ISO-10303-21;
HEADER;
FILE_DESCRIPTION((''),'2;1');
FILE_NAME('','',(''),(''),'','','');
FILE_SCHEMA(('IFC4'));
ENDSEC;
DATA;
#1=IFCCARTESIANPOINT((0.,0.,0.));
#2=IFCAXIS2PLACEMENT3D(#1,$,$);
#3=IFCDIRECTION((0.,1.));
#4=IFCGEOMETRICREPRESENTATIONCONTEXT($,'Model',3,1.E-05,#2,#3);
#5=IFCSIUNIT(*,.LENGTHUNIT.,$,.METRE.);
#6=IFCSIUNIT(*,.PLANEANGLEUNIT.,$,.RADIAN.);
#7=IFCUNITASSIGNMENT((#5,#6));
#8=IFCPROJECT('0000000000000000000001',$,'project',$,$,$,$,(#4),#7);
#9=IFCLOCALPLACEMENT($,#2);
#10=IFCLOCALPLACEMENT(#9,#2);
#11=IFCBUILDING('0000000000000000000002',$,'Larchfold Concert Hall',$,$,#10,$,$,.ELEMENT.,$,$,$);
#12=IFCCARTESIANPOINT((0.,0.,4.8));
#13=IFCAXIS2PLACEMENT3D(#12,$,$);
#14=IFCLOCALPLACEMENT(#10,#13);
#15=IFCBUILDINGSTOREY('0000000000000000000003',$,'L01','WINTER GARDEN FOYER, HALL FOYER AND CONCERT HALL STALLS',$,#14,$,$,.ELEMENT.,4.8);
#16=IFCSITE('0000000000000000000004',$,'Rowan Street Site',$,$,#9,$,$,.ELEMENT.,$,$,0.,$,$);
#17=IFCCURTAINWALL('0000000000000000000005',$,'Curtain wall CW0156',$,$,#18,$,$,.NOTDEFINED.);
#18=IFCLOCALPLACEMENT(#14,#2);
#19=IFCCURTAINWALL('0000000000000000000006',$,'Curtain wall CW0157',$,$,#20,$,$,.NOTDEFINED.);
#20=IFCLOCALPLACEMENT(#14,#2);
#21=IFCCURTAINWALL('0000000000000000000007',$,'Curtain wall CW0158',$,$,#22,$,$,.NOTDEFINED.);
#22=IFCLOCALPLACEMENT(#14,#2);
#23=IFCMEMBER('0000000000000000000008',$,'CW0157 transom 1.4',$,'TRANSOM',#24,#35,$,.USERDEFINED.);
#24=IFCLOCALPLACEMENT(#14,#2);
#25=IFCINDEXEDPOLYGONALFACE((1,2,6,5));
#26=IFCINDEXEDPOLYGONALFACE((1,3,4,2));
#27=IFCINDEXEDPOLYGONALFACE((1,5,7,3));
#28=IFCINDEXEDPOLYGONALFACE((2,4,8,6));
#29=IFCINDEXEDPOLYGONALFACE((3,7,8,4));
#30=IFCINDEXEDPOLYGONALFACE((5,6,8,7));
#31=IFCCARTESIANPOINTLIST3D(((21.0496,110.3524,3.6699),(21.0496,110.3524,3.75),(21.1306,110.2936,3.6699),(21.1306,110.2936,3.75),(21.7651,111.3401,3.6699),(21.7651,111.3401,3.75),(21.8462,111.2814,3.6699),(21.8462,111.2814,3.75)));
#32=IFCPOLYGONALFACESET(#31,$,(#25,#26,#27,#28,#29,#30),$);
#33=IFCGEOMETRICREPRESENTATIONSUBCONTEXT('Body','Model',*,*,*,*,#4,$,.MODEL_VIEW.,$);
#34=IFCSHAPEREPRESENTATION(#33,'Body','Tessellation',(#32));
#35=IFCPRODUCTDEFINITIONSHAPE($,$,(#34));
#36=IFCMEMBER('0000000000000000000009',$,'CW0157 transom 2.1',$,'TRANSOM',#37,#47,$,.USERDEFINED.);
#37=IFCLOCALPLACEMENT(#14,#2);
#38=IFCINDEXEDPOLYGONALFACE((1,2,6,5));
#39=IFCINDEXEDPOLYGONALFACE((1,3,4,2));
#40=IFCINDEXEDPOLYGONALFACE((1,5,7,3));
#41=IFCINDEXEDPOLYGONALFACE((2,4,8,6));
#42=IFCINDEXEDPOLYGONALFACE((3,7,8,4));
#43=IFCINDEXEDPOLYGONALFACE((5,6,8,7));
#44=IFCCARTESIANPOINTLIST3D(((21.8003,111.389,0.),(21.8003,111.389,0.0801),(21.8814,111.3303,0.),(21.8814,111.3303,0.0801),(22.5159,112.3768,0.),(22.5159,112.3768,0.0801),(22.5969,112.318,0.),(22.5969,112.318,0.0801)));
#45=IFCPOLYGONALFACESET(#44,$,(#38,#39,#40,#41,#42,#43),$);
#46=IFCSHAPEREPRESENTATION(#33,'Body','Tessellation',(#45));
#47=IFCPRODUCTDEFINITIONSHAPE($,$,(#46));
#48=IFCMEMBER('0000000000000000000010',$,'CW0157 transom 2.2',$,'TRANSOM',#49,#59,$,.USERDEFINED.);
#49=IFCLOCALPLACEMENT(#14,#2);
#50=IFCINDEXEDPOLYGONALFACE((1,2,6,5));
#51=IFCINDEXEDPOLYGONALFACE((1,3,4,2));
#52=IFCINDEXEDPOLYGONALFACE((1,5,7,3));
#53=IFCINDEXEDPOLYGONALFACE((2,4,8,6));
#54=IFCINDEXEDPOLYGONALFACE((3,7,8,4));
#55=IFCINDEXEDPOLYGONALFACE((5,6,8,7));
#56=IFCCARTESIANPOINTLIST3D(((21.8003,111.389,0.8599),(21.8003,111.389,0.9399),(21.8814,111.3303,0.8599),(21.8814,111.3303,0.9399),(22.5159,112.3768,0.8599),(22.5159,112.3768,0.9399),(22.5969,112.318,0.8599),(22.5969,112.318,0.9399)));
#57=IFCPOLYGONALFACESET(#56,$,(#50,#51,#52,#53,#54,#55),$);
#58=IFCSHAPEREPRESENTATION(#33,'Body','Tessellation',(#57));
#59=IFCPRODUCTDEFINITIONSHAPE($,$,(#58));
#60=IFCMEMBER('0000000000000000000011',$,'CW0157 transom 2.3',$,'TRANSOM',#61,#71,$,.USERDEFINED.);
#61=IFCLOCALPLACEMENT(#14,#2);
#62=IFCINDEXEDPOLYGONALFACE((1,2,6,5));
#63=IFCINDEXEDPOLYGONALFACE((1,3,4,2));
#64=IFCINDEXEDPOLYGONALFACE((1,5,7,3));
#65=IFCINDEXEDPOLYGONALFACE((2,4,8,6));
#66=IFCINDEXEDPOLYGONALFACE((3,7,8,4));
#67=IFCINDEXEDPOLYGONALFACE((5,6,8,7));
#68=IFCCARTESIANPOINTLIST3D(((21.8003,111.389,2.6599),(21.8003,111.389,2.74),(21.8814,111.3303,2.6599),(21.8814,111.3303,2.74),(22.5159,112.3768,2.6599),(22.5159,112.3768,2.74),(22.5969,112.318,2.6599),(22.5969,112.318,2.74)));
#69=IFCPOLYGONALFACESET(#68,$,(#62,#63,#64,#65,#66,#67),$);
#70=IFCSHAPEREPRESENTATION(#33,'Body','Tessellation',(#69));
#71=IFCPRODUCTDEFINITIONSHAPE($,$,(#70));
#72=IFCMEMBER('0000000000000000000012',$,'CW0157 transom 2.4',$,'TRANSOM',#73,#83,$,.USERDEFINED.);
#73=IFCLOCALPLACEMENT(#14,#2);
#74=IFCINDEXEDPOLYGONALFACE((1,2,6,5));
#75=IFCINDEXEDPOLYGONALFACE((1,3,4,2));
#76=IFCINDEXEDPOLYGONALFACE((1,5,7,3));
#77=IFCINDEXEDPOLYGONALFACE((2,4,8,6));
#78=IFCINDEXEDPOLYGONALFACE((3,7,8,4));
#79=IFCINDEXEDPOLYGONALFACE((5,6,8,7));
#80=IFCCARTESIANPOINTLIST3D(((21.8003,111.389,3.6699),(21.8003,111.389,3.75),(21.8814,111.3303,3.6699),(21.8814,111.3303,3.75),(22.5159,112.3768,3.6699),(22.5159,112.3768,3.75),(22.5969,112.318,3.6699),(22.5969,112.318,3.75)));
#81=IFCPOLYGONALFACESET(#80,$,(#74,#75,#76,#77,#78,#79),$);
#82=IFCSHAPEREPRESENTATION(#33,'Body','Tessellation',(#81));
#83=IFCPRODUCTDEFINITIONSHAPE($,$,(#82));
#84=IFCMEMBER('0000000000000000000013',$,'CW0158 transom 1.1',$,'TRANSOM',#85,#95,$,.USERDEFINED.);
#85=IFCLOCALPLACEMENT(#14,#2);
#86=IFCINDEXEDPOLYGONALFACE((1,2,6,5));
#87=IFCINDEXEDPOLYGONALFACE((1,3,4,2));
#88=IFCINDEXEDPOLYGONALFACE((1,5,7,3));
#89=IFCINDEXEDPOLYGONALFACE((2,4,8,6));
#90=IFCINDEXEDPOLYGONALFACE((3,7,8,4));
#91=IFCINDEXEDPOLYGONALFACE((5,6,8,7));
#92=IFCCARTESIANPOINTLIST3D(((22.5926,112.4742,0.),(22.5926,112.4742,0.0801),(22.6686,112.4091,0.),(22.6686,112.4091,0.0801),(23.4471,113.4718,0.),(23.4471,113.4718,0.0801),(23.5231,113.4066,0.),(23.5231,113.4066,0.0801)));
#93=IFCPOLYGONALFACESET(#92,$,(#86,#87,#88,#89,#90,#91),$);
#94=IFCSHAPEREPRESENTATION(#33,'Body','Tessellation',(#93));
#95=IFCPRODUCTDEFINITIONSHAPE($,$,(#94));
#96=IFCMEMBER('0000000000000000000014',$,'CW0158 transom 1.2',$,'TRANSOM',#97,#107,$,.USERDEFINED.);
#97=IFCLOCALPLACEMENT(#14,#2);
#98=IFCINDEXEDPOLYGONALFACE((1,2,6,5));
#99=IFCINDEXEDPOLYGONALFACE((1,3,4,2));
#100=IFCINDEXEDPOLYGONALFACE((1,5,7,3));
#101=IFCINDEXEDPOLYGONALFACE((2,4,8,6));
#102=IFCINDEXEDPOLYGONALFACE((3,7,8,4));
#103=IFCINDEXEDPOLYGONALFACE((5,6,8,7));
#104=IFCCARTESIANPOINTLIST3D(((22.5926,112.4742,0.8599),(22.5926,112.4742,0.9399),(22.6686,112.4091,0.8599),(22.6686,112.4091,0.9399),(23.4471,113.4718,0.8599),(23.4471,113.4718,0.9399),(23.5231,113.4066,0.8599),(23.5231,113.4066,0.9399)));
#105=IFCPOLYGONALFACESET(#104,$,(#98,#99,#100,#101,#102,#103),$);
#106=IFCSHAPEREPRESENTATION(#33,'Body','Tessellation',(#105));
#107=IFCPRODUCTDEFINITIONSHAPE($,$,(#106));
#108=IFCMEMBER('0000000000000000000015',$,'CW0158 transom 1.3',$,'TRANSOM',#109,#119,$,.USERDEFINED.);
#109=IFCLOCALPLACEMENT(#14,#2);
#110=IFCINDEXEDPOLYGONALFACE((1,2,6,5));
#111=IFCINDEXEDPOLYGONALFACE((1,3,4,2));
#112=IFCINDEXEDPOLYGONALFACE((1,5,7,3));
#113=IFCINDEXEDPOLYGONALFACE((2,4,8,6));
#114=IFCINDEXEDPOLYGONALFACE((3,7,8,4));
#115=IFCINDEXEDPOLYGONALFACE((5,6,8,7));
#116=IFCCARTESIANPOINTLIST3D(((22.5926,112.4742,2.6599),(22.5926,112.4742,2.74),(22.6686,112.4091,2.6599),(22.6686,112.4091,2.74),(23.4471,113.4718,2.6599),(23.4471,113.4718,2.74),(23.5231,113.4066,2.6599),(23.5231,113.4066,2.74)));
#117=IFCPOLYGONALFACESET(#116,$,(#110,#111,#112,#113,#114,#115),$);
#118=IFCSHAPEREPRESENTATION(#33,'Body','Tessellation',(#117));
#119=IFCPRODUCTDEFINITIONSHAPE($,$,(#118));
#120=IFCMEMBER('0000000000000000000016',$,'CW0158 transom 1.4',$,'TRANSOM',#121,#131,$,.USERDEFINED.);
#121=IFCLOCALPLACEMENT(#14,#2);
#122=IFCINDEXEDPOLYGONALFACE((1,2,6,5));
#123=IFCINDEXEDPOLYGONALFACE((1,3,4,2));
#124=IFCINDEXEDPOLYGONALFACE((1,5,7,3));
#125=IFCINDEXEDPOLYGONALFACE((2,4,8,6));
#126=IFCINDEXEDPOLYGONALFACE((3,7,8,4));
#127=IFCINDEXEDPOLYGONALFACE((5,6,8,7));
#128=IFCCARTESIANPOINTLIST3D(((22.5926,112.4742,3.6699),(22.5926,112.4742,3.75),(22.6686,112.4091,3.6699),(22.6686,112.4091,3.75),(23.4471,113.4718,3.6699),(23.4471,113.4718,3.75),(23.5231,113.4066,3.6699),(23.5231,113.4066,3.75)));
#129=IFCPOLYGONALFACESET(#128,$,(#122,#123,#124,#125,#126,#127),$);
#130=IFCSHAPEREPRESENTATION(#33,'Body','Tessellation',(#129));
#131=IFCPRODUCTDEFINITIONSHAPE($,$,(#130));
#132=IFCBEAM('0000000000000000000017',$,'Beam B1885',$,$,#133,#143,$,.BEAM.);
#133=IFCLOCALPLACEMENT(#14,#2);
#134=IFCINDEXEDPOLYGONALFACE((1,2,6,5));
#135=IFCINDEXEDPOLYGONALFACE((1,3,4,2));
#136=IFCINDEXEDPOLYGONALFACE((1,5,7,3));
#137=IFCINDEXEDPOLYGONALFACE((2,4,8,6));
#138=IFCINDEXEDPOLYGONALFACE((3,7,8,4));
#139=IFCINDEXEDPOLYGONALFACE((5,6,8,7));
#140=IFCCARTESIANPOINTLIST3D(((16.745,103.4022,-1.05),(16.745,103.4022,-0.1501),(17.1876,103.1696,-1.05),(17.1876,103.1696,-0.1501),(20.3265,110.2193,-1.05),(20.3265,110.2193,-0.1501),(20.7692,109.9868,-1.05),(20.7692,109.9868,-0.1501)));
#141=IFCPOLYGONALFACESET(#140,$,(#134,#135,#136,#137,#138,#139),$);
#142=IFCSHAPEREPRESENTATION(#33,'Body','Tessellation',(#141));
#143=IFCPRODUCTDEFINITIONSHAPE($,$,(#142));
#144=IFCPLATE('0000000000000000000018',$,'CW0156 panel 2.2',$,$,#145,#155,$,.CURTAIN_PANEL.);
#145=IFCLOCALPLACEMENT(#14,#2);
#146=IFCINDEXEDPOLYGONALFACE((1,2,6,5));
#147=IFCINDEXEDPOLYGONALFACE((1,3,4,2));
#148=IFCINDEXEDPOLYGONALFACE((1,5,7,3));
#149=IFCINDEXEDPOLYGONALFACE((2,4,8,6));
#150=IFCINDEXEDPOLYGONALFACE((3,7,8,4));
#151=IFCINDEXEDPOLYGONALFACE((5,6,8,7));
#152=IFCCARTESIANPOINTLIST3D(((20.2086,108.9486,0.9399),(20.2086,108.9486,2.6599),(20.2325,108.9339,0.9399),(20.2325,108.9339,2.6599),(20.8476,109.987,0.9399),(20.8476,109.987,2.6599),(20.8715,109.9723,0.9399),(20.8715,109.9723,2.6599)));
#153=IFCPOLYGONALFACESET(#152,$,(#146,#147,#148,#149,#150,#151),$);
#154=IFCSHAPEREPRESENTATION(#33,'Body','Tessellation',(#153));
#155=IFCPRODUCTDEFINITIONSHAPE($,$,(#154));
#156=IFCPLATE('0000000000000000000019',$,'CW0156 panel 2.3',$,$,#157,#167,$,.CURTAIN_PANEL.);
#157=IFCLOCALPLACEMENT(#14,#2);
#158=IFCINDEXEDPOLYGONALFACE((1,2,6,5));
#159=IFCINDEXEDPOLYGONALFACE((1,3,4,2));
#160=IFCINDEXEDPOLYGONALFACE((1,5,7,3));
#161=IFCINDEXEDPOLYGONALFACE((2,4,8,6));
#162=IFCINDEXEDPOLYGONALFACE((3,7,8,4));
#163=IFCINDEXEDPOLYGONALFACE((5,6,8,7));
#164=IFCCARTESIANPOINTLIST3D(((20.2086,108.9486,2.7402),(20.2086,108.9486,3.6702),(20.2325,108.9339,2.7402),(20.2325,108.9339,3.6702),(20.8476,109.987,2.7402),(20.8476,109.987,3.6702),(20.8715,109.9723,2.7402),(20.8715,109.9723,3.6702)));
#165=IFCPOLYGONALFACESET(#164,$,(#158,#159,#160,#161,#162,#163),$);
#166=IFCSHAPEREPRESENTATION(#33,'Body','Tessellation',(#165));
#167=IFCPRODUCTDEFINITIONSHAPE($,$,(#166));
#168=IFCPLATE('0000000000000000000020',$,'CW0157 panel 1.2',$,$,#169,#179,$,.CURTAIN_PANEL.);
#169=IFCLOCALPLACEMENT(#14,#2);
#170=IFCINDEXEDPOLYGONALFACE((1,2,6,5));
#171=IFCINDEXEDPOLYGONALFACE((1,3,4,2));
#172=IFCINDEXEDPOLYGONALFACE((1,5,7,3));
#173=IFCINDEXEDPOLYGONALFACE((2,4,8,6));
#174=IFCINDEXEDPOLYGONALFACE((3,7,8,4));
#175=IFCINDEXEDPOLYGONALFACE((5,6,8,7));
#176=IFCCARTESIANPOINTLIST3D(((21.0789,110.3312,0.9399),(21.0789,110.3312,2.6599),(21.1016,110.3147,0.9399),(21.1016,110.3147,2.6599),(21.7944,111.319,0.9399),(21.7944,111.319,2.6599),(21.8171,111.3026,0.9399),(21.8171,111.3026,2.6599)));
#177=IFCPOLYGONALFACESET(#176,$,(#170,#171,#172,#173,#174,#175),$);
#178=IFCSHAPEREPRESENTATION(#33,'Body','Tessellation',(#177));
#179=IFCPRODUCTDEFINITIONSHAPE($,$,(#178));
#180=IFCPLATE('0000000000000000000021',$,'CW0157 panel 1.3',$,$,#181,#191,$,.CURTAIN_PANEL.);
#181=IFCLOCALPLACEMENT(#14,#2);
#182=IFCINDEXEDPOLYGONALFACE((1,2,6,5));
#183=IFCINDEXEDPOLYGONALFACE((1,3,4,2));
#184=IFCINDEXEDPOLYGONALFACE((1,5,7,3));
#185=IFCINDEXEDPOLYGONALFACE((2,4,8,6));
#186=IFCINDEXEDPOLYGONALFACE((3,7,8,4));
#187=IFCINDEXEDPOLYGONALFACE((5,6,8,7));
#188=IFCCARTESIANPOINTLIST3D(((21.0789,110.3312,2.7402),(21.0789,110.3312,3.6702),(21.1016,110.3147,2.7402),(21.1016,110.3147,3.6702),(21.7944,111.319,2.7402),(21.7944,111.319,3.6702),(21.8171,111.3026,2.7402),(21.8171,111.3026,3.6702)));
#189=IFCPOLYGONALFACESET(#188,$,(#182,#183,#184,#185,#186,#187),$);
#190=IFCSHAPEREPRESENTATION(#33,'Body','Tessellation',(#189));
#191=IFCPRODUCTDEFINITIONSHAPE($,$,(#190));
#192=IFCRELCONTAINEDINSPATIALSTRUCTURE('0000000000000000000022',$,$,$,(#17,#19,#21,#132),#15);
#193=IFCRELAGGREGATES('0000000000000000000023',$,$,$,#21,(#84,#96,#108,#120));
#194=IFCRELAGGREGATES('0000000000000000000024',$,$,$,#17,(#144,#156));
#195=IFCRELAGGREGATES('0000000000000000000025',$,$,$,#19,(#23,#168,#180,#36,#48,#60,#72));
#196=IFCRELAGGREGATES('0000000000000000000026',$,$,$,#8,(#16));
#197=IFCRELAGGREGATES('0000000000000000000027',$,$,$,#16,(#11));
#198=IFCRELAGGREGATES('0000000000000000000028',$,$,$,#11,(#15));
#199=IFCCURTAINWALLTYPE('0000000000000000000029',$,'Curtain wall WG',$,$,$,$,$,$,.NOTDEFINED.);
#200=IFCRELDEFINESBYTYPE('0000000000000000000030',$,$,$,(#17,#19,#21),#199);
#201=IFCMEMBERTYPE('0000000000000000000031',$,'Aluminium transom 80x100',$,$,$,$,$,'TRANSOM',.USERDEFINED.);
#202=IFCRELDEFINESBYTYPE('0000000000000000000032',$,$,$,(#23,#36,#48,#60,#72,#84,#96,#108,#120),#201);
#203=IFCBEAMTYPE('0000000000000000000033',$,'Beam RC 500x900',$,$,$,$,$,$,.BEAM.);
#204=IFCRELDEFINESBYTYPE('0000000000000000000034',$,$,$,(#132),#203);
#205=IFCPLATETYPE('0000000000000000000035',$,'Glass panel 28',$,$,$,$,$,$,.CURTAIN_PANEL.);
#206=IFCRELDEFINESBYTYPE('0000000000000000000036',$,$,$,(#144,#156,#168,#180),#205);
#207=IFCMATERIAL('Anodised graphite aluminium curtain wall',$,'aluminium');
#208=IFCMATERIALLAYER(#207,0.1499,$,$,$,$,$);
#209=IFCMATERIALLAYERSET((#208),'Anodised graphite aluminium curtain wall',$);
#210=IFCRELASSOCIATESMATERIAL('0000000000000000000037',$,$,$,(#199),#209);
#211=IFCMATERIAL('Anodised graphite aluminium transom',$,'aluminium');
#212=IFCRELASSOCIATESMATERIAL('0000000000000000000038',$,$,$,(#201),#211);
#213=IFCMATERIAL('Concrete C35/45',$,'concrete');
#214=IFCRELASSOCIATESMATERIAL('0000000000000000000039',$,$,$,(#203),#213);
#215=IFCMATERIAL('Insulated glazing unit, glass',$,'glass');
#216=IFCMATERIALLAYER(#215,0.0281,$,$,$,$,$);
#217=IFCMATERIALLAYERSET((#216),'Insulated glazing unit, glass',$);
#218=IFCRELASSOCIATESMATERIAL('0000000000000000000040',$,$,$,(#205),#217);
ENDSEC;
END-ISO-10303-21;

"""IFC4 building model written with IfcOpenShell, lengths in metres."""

from ifc_helpers import new_model, si_unit, direction, frame, origin, origin_2d, place, context, subcontext, project, spatial, rectangle, extrude, material, layer, layer_set, material_profile, profile_set, type_object, element, aggregate, save


model = new_model("IFC4")

# Units and contexts
model_context = context("Model", 3, precision=1e-05, world=origin(), true_north=direction((0.0, 1.0)))
body_context = subcontext(model_context, "Body", "Model", "MODEL_VIEW")
ifc_project = project(units=[si_unit("LENGTHUNIT", "METRE"), si_unit("PLANEANGLEUNIT", "RADIAN")], contexts=[model_context])

# Site, building, storey
site_placement = place(None, origin())
site = spatial("IfcSite", under=ifc_project, at=site_placement, Name="Rowan Street Site", CompositionType="ELEMENT", RefElevation=0.0)
building_placement = place(site_placement, origin())
building = spatial("IfcBuilding", under=site, at=building_placement, Name="Larchfold Concert Hall", CompositionType="ELEMENT")
storey_placement = place(building_placement, frame((0.0, 0.0, 4.8)))
storey = spatial("IfcBuildingStorey", under=building, at=storey_placement, Name="L01", Description="WINTER GARDEN FOYER, HALL FOYER AND CONCERT HALL STALLS", CompositionType="ELEMENT", Elevation=4.8)

# Curtain wall
ifc_material_1 = material(Name="Anodised graphite aluminium curtain wall", Category="aluminium")
ifc_layer_1 = layer(ifc_material_1, 0.1499)
ifc_layer_set_1 = layer_set([ifc_layer_1], Name="Anodised graphite aluminium curtain wall")
curtain_wall_type = type_object("IfcCurtainWallType", Name="Curtain wall WG", PredefinedType="NOTDEFINED", material=ifc_layer_set_1)
curtain_wall_1_placement = place(storey_placement, origin())
curtain_wall_1 = element("IfcCurtainWall", 1, at=curtain_wall_1_placement, inside=storey, type_object=curtain_wall_type, Name="Curtain wall CW0156", PredefinedType="NOTDEFINED")

# Curtain wall
curtain_wall_2_placement = place(storey_placement, origin())
curtain_wall_2 = element("IfcCurtainWall", 2, at=curtain_wall_2_placement, inside=storey, type_object=curtain_wall_type, Name="Curtain wall CW0157", PredefinedType="NOTDEFINED")

# Curtain wall
curtain_wall_3_placement = place(storey_placement, origin())
curtain_wall_3 = element("IfcCurtainWall", 3, at=curtain_wall_3_placement, inside=storey, type_object=curtain_wall_type, Name="Curtain wall CW0158", PredefinedType="NOTDEFINED")

# Members
ifc_material_2 = material(Name="Anodised graphite aluminium transom", Category="aluminium")
ifc_material_profile_1 = material_profile(ifc_material_2, rectangle(XDim=0.1001, YDim=0.0801, at=origin_2d()))
ifc_profile_set_1 = profile_set([ifc_material_profile_1], Name="Anodised graphite aluminium transom")
member_type_1 = type_object("IfcMemberType", Name="Aluminium transom 80x100", ElementType="TRANSOM", PredefinedType="USERDEFINED", material=ifc_profile_set_1)
member_1_placement = place(storey_placement, frame((21.0901, 110.323, 3.71), z_axis=(0.586659, 0.809834, 0.0), x_axis=(-0.809834, 0.586659, 0.0)))
member_1 = element("IfcMember", 4, at=member_1_placement, type_object=member_type_1, Name="CW0157 transom 1.4", ObjectType="TRANSOM", PredefinedType="USERDEFINED", context=body_context, shape_type="SweptSolid", body=[
    extrude(rectangle(XDim=0.1001, YDim=0.0801, at=origin_2d()), origin(), (0.0, 0.0, 1.0), 1.2197),
])
member_2_placement = place(storey_placement, frame((21.8408, 111.3596, 0.04), z_axis=(0.586659, 0.809834, 0.0), x_axis=(-0.809834, 0.586659, 0.0)))
member_2 = element("IfcMember", 5, at=member_2_placement, type_object=member_type_1, Name="CW0157 transom 2.1", ObjectType="TRANSOM", PredefinedType="USERDEFINED", context=body_context, shape_type="SweptSolid", body=[
    extrude(rectangle(XDim=0.1001, YDim=0.0801, at=origin_2d()), origin(), (0.0, 0.0, 1.0), 1.2197),
])
member_3_placement = place(storey_placement, frame((21.8408, 111.3596, 0.8999), z_axis=(0.586659, 0.809834, 0.0), x_axis=(-0.809834, 0.586659, 0.0)))
member_3 = element("IfcMember", 6, at=member_3_placement, type_object=member_type_1, Name="CW0157 transom 2.2", ObjectType="TRANSOM", PredefinedType="USERDEFINED", context=body_context, shape_type="SweptSolid", body=[
    extrude(rectangle(XDim=0.1001, YDim=0.0801, at=origin_2d()), origin(), (0.0, 0.0, 1.0), 1.2197),
])
member_4_placement = place(storey_placement, frame((21.8408, 111.3596, 2.7), z_axis=(0.586659, 0.809834, 0.0), x_axis=(-0.809834, 0.586659, 0.0)))
member_4 = element("IfcMember", 7, at=member_4_placement, type_object=member_type_1, Name="CW0157 transom 2.3", ObjectType="TRANSOM", PredefinedType="USERDEFINED", context=body_context, shape_type="SweptSolid", body=[
    extrude(rectangle(XDim=0.1001, YDim=0.0801, at=origin_2d()), origin(), (0.0, 0.0, 1.0), 1.2197),
])
member_5_placement = place(storey_placement, frame((21.8408, 111.3596, 3.71), z_axis=(0.586659, 0.809834, 0.0), x_axis=(-0.809834, 0.586659, 0.0)))
member_5 = element("IfcMember", 8, at=member_5_placement, type_object=member_type_1, Name="CW0157 transom 2.4", ObjectType="TRANSOM", PredefinedType="USERDEFINED", context=body_context, shape_type="SweptSolid", body=[
    extrude(rectangle(XDim=0.1001, YDim=0.0801, at=origin_2d()), origin(), (0.0, 0.0, 1.0), 1.2197),
])
member_6_placement = place(storey_placement, frame((22.6306, 112.4417, 0.04), z_axis=(0.650546, 0.759466, 0.0), x_axis=(-0.759466, 0.650546, 0.0)))
member_6 = element("IfcMember", 9, at=member_6_placement, type_object=member_type_1, Name="CW0158 transom 1.1", ObjectType="TRANSOM", PredefinedType="USERDEFINED", context=body_context, shape_type="SweptSolid", body=[
    extrude(rectangle(XDim=0.1001, YDim=0.0801, at=origin_2d()), origin(), (0.0, 0.0, 1.0), 1.3135),
])
member_7_placement = place(storey_placement, frame((22.6306, 112.4417, 0.8999), z_axis=(0.650546, 0.759466, 0.0), x_axis=(-0.759466, 0.650546, 0.0)))
member_7 = element("IfcMember", 10, at=member_7_placement, type_object=member_type_1, Name="CW0158 transom 1.2", ObjectType="TRANSOM", PredefinedType="USERDEFINED", context=body_context, shape_type="SweptSolid", body=[
    extrude(rectangle(XDim=0.1001, YDim=0.0801, at=origin_2d()), origin(), (0.0, 0.0, 1.0), 1.3135),
])
member_8_placement = place(storey_placement, frame((22.6306, 112.4417, 2.7), z_axis=(0.650546, 0.759466, 0.0), x_axis=(-0.759466, 0.650546, 0.0)))
member_8 = element("IfcMember", 11, at=member_8_placement, type_object=member_type_1, Name="CW0158 transom 1.3", ObjectType="TRANSOM", PredefinedType="USERDEFINED", context=body_context, shape_type="SweptSolid", body=[
    extrude(rectangle(XDim=0.1001, YDim=0.0801, at=origin_2d()), origin(), (0.0, 0.0, 1.0), 1.3135),
])
member_9_placement = place(storey_placement, frame((22.6306, 112.4417, 3.71), z_axis=(0.650546, 0.759466, 0.0), x_axis=(-0.759466, 0.650546, 0.0)))
member_9 = element("IfcMember", 12, at=member_9_placement, type_object=member_type_1, Name="CW0158 transom 1.4", ObjectType="TRANSOM", PredefinedType="USERDEFINED", context=body_context, shape_type="SweptSolid", body=[
    extrude(rectangle(XDim=0.1001, YDim=0.0801, at=origin_2d()), origin(), (0.0, 0.0, 1.0), 1.3135),
])
aggregate(curtain_wall_3, [member_6, member_7, member_8, member_9])

# Beam
ifc_material_3 = material(Name="Concrete C35/45", Category="concrete")
ifc_material_profile_2 = material_profile(ifc_material_3, rectangle(XDim=0.5, YDim=0.8999, at=origin_2d()))
ifc_profile_set_2 = profile_set([ifc_material_profile_2], Name="Concrete C35/45")
beam_type = type_object("IfcBeamType", Name="Beam RC 500x900", PredefinedType="BEAM", material=ifc_profile_set_2)
beam_placement = place(storey_placement, frame((20.5479, 110.103, -0.6001), z_axis=(-0.465093, -0.885262, 0.0), x_axis=(0.885262, -0.465093, 0.0)))
element("IfcBeam", 13, at=beam_placement, inside=storey, type_object=beam_type, Name="Beam B1885", PredefinedType="BEAM", context=body_context, shape_type="SweptSolid", body=[
    extrude(rectangle(XDim=0.5, YDim=0.8999, at=origin_2d()), origin(), (0.0, 0.0, 1.0), 7.7007),
])

# Plates
ifc_material_4 = material(Name="Insulated glazing unit, glass", Category="glass")
ifc_layer_2 = layer(ifc_material_4, 0.0281)
ifc_layer_set_2 = layer_set([ifc_layer_2], Name="Insulated glazing unit, glass")
plate_type_1 = type_object("IfcPlateType", Name="Glass panel 28", PredefinedType="CURTAIN_PANEL", material=ifc_layer_set_2)
plate_1_placement = place(storey_placement, frame((20.54, 109.4604, 0.9399), z_axis=(0.0, 0.0, 1.0), x_axis=(0.524103, 0.851655, 0.0)))
plate_1 = element("IfcPlate", 14, at=plate_1_placement, type_object=plate_type_1, Name="CW0156 panel 2.2", PredefinedType="CURTAIN_PANEL", context=body_context, shape_type="SweptSolid", body=[
    extrude(rectangle(XDim=1.2192, YDim=0.0281, at=origin_2d()), origin(), (0.0, 0.0, 1.0), 1.72),
])
plate_2_placement = place(storey_placement, frame((20.54, 109.4604, 2.7402), z_axis=(0.0, 0.0, 1.0), x_axis=(0.524103, 0.851655, 0.0)))
plate_2 = element("IfcPlate", 15, at=plate_2_placement, type_object=plate_type_1, Name="CW0156 panel 2.3", PredefinedType="CURTAIN_PANEL", context=body_context, shape_type="SweptSolid", body=[
    extrude(rectangle(XDim=1.2192, YDim=0.0281, at=origin_2d()), origin(), (0.0, 0.0, 1.0), 0.9299),
])
plate_3_placement = place(storey_placement, frame((21.448, 110.8169, 0.9399), z_axis=(0.0, 0.0, 1.0), x_axis=(0.586586, 0.809887, 0.0)))
plate_3 = element("IfcPlate", 16, at=plate_3_placement, type_object=plate_type_1, Name="CW0157 panel 1.2", PredefinedType="CURTAIN_PANEL", context=body_context, shape_type="SweptSolid", body=[
    extrude(rectangle(XDim=1.2197, YDim=0.0281, at=origin_2d()), origin(), (0.0, 0.0, 1.0), 1.72),
])
plate_4_placement = place(storey_placement, frame((21.448, 110.8169, 2.7402), z_axis=(0.0, 0.0, 1.0), x_axis=(0.586586, 0.809887, 0.0)))
plate_4 = element("IfcPlate", 17, at=plate_4_placement, type_object=plate_type_1, Name="CW0157 panel 1.3", PredefinedType="CURTAIN_PANEL", context=body_context, shape_type="SweptSolid", body=[
    extrude(rectangle(XDim=1.2197, YDim=0.0281, at=origin_2d()), origin(), (0.0, 0.0, 1.0), 0.9299),
])
aggregate(curtain_wall_1, [plate_1, plate_2])
aggregate(curtain_wall_2, [member_1, plate_3, plate_4, member_2, member_3, member_4, member_5])

save(model, "model.ifc")
